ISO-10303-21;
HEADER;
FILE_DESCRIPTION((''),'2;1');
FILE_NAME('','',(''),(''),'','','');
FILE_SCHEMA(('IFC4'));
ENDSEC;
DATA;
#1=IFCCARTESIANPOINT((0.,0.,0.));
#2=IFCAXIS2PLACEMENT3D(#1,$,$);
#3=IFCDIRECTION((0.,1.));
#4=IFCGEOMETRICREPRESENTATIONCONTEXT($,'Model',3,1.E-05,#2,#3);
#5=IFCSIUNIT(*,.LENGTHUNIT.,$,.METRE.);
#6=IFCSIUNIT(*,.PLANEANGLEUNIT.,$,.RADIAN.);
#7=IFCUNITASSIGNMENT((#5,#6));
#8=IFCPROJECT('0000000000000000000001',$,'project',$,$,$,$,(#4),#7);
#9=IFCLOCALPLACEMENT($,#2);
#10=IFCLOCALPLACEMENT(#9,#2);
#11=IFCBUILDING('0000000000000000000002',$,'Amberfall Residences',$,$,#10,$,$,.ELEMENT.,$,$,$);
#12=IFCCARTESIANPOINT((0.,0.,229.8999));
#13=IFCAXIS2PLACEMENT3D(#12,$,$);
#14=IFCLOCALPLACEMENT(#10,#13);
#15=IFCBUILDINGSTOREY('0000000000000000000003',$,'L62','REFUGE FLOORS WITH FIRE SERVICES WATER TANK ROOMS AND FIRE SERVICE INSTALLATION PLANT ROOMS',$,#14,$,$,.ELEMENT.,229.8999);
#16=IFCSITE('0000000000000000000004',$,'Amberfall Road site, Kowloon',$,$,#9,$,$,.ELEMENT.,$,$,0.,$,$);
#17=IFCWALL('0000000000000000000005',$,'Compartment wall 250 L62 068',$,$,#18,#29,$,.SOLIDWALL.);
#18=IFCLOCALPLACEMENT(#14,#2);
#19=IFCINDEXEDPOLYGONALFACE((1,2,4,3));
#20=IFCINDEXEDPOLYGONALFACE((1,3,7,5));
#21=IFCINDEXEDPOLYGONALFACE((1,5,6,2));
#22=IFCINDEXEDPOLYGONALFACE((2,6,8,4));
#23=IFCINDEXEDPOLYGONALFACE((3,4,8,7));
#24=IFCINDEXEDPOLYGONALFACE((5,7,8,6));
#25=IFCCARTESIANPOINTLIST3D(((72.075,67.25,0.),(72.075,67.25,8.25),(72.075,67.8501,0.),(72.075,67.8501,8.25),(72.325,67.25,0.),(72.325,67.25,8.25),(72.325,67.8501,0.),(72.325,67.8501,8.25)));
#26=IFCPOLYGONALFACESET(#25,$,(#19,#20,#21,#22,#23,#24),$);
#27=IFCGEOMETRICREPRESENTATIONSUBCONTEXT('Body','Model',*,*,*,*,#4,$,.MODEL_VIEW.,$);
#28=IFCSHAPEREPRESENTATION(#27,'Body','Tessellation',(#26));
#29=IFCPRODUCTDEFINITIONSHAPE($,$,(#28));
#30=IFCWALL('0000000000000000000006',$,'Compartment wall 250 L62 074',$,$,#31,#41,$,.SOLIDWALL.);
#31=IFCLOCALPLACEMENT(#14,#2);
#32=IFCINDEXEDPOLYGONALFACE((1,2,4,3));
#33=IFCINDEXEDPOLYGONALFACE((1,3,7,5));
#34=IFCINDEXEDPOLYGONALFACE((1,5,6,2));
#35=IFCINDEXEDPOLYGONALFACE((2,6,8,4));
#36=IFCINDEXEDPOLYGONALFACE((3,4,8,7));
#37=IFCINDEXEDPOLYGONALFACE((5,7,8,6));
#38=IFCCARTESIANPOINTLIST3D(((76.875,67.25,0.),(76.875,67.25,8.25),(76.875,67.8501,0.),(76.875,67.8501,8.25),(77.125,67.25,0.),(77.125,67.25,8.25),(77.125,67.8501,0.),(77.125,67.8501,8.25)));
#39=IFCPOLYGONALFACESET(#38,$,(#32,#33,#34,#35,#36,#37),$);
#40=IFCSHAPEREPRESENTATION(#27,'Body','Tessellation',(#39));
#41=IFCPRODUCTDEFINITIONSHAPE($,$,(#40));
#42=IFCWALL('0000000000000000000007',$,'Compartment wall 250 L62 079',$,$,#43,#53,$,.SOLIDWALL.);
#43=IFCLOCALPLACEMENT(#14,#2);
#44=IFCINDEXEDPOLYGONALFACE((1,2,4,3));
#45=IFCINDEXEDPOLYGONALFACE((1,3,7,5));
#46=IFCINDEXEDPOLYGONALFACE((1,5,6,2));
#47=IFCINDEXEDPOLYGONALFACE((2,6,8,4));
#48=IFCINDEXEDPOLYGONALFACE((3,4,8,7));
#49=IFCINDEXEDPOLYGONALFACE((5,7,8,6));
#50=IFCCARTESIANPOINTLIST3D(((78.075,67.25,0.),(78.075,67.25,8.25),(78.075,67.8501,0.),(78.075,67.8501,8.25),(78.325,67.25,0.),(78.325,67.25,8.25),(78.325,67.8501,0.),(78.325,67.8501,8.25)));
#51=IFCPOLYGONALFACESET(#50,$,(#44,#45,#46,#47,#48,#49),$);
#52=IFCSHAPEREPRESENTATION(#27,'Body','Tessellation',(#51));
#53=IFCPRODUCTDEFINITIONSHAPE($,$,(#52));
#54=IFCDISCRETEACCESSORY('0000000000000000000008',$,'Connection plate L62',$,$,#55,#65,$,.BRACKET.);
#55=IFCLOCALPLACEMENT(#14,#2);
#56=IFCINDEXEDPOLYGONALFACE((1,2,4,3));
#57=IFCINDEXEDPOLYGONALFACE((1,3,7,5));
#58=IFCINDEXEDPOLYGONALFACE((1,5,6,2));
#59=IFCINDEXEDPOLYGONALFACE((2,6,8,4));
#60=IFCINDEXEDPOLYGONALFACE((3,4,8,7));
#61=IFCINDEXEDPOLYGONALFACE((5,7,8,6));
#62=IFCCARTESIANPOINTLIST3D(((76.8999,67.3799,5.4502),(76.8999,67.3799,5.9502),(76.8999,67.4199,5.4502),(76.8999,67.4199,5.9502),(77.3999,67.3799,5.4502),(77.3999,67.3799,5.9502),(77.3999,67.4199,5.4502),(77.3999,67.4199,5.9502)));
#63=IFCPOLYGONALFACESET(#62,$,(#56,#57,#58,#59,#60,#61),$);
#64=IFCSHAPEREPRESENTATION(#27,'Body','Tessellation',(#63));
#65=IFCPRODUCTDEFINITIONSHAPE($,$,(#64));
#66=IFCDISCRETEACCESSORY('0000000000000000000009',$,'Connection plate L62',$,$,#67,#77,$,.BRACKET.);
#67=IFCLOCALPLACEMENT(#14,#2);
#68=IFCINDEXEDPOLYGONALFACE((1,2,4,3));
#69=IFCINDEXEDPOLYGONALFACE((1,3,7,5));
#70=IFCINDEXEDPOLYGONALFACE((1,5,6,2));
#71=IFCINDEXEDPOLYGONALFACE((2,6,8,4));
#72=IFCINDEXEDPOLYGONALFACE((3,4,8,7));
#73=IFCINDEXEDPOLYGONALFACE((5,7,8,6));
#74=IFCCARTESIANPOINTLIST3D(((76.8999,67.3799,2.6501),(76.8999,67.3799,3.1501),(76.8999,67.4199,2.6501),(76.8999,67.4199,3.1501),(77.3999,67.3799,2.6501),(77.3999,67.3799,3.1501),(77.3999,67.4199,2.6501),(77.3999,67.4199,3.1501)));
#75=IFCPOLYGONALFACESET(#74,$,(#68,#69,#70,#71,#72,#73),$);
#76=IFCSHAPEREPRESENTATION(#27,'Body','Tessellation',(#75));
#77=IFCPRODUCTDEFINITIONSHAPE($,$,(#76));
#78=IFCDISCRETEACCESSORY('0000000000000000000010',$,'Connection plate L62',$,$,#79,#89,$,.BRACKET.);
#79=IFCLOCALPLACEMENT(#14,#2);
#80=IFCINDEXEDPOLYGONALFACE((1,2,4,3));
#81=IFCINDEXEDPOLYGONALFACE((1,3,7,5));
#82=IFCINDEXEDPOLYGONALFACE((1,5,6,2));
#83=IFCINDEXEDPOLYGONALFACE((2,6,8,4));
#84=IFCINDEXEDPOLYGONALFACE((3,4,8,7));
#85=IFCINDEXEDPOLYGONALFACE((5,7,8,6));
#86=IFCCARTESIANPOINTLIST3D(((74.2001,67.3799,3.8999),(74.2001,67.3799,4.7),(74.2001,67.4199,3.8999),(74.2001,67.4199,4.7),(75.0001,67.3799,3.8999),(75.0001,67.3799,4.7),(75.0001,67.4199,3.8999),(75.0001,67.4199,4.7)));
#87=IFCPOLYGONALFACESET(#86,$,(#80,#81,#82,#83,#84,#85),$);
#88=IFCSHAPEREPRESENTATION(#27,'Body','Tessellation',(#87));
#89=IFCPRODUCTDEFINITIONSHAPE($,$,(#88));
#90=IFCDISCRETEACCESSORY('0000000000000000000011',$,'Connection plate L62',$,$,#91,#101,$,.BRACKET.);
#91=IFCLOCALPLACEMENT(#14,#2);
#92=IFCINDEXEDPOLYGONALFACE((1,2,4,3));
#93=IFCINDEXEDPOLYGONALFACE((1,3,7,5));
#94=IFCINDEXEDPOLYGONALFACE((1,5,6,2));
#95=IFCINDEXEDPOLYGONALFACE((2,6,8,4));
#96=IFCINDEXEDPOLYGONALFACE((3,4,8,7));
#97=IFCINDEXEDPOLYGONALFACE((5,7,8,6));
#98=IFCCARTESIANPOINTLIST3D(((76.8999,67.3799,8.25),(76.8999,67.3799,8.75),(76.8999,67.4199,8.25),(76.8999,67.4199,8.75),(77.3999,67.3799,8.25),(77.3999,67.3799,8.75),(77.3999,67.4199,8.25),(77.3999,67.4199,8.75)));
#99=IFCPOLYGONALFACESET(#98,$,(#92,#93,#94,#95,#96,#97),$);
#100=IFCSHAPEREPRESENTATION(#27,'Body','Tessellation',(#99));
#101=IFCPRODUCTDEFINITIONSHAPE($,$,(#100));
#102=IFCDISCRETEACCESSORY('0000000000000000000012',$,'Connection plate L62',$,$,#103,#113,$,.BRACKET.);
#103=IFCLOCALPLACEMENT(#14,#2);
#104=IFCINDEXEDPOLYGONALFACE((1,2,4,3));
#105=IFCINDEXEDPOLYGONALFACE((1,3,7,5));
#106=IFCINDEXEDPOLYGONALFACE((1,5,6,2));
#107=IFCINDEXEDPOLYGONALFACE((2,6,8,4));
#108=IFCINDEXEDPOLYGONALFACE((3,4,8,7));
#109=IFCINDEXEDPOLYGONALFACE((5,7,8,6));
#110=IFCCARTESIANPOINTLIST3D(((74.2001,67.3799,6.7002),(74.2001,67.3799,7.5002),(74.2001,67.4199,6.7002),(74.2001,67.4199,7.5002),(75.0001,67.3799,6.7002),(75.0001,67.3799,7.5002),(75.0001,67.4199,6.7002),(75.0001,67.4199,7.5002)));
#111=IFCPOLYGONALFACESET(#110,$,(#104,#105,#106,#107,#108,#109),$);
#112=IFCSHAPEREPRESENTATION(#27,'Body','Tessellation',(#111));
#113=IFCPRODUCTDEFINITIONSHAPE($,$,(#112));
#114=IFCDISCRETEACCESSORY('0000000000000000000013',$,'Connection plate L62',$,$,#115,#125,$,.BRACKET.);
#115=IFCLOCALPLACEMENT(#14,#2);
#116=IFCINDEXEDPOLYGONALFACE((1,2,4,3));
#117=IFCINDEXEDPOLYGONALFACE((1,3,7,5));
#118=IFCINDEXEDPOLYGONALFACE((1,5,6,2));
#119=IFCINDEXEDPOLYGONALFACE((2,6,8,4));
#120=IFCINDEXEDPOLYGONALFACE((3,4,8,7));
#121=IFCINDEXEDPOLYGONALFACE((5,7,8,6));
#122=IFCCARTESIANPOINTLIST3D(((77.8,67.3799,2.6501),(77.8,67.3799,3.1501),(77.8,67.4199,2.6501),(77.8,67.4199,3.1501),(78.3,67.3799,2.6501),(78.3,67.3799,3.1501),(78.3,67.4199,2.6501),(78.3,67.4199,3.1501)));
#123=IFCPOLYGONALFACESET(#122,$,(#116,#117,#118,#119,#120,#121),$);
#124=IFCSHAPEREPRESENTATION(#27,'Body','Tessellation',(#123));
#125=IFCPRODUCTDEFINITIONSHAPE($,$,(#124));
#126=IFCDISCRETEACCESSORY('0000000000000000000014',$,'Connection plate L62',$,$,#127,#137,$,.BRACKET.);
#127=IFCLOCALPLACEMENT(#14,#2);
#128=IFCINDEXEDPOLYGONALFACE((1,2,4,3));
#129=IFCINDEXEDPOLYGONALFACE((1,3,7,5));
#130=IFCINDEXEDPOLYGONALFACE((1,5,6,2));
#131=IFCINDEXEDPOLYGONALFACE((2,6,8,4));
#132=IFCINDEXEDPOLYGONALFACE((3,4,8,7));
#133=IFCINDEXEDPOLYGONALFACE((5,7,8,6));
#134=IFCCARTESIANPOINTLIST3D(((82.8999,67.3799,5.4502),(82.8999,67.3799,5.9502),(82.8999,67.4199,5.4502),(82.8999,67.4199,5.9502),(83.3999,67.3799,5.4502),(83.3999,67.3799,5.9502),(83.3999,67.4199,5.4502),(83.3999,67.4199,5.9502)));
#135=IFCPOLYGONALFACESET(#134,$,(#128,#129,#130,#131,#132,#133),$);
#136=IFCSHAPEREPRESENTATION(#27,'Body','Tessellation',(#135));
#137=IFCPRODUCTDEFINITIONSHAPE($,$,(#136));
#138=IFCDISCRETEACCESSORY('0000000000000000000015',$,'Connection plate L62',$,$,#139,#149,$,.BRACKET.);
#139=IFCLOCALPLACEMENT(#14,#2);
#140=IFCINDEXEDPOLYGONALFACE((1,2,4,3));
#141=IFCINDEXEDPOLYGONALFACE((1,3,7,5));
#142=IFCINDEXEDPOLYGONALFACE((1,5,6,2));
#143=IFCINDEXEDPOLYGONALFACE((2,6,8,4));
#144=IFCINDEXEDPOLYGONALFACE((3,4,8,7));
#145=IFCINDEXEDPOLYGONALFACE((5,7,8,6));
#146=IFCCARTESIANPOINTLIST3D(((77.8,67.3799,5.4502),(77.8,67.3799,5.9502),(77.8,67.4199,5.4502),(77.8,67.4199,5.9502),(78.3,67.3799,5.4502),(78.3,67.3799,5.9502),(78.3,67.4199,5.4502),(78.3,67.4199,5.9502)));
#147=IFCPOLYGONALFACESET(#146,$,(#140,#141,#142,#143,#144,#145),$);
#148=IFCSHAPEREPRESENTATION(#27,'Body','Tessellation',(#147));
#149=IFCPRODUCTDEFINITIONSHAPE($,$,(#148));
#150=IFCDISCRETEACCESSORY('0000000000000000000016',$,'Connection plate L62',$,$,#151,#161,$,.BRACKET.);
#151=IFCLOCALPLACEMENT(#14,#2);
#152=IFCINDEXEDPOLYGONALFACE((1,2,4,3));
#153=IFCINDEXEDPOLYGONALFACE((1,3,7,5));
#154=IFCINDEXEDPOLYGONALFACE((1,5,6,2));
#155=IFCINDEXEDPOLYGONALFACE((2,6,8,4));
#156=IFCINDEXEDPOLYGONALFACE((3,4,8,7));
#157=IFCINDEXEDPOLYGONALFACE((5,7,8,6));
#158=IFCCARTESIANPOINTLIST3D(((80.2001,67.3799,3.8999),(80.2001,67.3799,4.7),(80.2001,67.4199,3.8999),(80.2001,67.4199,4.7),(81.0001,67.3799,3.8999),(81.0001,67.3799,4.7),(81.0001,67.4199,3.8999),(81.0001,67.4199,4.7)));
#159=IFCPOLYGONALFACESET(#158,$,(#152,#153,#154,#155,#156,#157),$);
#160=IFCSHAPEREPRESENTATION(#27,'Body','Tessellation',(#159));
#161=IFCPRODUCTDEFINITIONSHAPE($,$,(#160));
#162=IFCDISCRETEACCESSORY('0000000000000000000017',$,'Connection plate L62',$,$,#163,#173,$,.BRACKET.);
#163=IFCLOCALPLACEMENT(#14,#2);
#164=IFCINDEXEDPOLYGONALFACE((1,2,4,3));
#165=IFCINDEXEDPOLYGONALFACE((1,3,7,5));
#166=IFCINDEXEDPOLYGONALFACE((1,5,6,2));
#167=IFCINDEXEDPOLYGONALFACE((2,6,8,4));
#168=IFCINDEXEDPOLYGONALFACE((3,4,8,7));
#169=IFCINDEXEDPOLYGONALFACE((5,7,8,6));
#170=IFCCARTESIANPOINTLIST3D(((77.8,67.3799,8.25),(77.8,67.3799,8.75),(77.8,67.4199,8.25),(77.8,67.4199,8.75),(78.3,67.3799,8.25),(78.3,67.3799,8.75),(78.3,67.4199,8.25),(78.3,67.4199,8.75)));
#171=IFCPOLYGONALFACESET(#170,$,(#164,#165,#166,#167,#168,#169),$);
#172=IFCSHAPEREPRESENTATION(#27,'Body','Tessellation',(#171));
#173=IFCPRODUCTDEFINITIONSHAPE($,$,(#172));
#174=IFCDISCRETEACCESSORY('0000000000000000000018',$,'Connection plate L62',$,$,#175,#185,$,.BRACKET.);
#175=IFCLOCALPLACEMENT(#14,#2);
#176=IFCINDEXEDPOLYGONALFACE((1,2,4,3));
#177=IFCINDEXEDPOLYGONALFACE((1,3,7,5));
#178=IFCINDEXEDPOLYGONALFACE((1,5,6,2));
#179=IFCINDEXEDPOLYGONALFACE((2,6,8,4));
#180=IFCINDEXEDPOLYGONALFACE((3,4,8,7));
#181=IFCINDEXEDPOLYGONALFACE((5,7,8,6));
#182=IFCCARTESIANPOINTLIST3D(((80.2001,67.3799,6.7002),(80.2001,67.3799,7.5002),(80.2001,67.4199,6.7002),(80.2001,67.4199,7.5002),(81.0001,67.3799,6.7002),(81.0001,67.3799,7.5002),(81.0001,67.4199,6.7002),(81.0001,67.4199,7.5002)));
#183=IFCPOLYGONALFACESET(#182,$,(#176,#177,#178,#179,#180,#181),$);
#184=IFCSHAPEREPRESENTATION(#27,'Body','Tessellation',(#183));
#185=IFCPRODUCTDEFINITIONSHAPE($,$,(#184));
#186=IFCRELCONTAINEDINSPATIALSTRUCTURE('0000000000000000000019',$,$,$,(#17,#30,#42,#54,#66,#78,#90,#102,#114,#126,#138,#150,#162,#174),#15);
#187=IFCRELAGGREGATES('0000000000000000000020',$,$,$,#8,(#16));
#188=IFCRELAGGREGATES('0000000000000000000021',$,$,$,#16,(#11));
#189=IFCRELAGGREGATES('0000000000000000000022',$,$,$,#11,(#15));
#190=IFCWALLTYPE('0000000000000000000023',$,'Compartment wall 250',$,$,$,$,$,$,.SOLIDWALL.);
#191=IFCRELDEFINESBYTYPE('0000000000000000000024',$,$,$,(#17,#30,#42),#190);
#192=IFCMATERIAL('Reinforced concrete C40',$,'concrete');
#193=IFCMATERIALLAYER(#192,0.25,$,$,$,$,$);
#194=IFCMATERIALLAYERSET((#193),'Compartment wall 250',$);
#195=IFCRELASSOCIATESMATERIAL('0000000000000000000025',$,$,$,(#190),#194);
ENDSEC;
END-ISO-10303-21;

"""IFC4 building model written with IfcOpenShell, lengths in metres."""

from ifc_helpers import new_model, si_unit, direction, frame, frame_2d, origin, origin_2d, place, context, subcontext, project, spatial, rectangle, extrude, material, layer, layer_set, type_object, element, save


model = new_model("IFC4")

# Units and contexts
model_context = context("Model", 3, precision=1e-05, world=origin(), true_north=direction((0.0, 1.0)))
body_context = subcontext(model_context, "Body", "Model", "MODEL_VIEW")
ifc_project = project(units=[si_unit("LENGTHUNIT", "METRE"), si_unit("PLANEANGLEUNIT", "RADIAN")], contexts=[model_context])

# Site, building, storey
site_placement = place(None, origin())
site = spatial("IfcSite", under=ifc_project, at=site_placement, Name="Amberfall Road site, Kowloon", CompositionType="ELEMENT", RefElevation=0.0)
building_placement = place(site_placement, origin())
building = spatial("IfcBuilding", under=site, at=building_placement, Name="Amberfall Residences", CompositionType="ELEMENT")
storey_placement = place(building_placement, frame((0.0, 0.0, 229.8999)))
storey = spatial("IfcBuildingStorey", under=building, at=storey_placement, Name="L62", Description="REFUGE FLOORS WITH FIRE SERVICES WATER TANK ROOMS AND FIRE SERVICE INSTALLATION PLANT ROOMS", CompositionType="ELEMENT", Elevation=229.8999)

# Walls
ifc_material_1 = material(Name="Reinforced concrete C40", Category="concrete")
ifc_layer = layer(ifc_material_1, 0.25)
ifc_layer_set = layer_set([ifc_layer], Name="Compartment wall 250")
wall_type = type_object("IfcWallType", Name="Compartment wall 250", PredefinedType="SOLIDWALL", material=ifc_layer_set)
for number, where, z_axis, x_axis, name in (
    (1, (72.2, 67.25, 0.0), (0.0, 0.0, 1.0), (0.0, 1.0, 0.0), "Compartment wall 250 L62 068"),
    (2, (77.0, 67.25, 0.0), (0.0, 0.0, 1.0), (0.0, 1.0, 0.0), "Compartment wall 250 L62 074"),
    (3, (78.2, 67.25, 0.0), (0.0, 0.0, 1.0), (0.0, 1.0, 0.0), "Compartment wall 250 L62 079"),
):
    element("IfcWall", number, at=place(storey_placement, frame(where, z_axis=z_axis, x_axis=x_axis)), inside=storey, type_object=wall_type, Name=name, PredefinedType="SOLIDWALL", context=body_context, shape_type="SweptSolid", body=[
        extrude(rectangle(XDim=0.6001, YDim=0.25, at=frame_2d((0.3, 0.0))), origin(), (0.0, 0.0, 1.0), 8.25),
    ])

# Discrete accessories
for number, where, z_axis, x_axis, name in (
    (4, (77.1499, 67.3999, 5.4502), (0.0, 0.0, 1.0), (1.0, 0.0, 0.0), "Connection plate L62"),
    (5, (77.1499, 67.3999, 2.6501), (0.0, 0.0, 1.0), (1.0, 0.0, 0.0), "Connection plate L62"),
):
    element("IfcDiscreteAccessory", number, at=place(storey_placement, frame(where, z_axis=z_axis, x_axis=x_axis)), inside=storey, Name=name, PredefinedType="BRACKET", context=body_context, shape_type="SweptSolid", body=[
        extrude(rectangle(XDim=0.5, YDim=0.04, at=origin_2d()), origin(), (0.0, 0.0, 1.0), 0.5),
    ])
discrete_accessory_1_placement = place(storey_placement, frame((74.6001, 67.3999, 3.8999), z_axis=(0.0, 0.0, 1.0), x_axis=(1.0, 0.0, 0.0)))
element("IfcDiscreteAccessory", 6, at=discrete_accessory_1_placement, inside=storey, Name="Connection plate L62", PredefinedType="BRACKET", context=body_context, shape_type="SweptSolid", body=[
    extrude(rectangle(XDim=0.8, YDim=0.04, at=origin_2d()), origin(), (0.0, 0.0, 1.0), 0.8),
])
discrete_accessory_2_placement = place(storey_placement, frame((77.1499, 67.3999, 8.25), z_axis=(0.0, 0.0, 1.0), x_axis=(1.0, 0.0, 0.0)))
element("IfcDiscreteAccessory", 7, at=discrete_accessory_2_placement, inside=storey, Name="Connection plate L62", PredefinedType="BRACKET", context=body_context, shape_type="SweptSolid", body=[
    extrude(rectangle(XDim=0.5, YDim=0.04, at=origin_2d()), origin(), (0.0, 0.0, 1.0), 0.5),
])
discrete_accessory_3_placement = place(storey_placement, frame((74.6001, 67.3999, 6.7002), z_axis=(0.0, 0.0, 1.0), x_axis=(1.0, 0.0, 0.0)))
element("IfcDiscreteAccessory", 8, at=discrete_accessory_3_placement, inside=storey, Name="Connection plate L62", PredefinedType="BRACKET", context=body_context, shape_type="SweptSolid", body=[
    extrude(rectangle(XDim=0.8, YDim=0.04, at=origin_2d()), origin(), (0.0, 0.0, 1.0), 0.8),
])
for number, where, z_axis, x_axis, name in (
    (9, (78.05, 67.3999, 2.6501), (0.0, 0.0, 1.0), (1.0, 0.0, 0.0), "Connection plate L62"),
    (10, (83.1499, 67.3999, 5.4502), (0.0, 0.0, 1.0), (1.0, 0.0, 0.0), "Connection plate L62"),
    (11, (78.05, 67.3999, 5.4502), (0.0, 0.0, 1.0), (1.0, 0.0, 0.0), "Connection plate L62"),
):
    element("IfcDiscreteAccessory", number, at=place(storey_placement, frame(where, z_axis=z_axis, x_axis=x_axis)), inside=storey, Name=name, PredefinedType="BRACKET", context=body_context, shape_type="SweptSolid", body=[
        extrude(rectangle(XDim=0.5, YDim=0.04, at=origin_2d()), origin(), (0.0, 0.0, 1.0), 0.5),
    ])
discrete_accessory_4_placement = place(storey_placement, frame((80.6001, 67.3999, 3.8999), z_axis=(0.0, 0.0, 1.0), x_axis=(1.0, 0.0, 0.0)))
element("IfcDiscreteAccessory", 12, at=discrete_accessory_4_placement, inside=storey, Name="Connection plate L62", PredefinedType="BRACKET", context=body_context, shape_type="SweptSolid", body=[
    extrude(rectangle(XDim=0.8, YDim=0.04, at=origin_2d()), origin(), (0.0, 0.0, 1.0), 0.8),
])
discrete_accessory_5_placement = place(storey_placement, frame((78.05, 67.3999, 8.25), z_axis=(0.0, 0.0, 1.0), x_axis=(1.0, 0.0, 0.0)))
element("IfcDiscreteAccessory", 13, at=discrete_accessory_5_placement, inside=storey, Name="Connection plate L62", PredefinedType="BRACKET", context=body_context, shape_type="SweptSolid", body=[
    extrude(rectangle(XDim=0.5, YDim=0.04, at=origin_2d()), origin(), (0.0, 0.0, 1.0), 0.5),
])
discrete_accessory_6_placement = place(storey_placement, frame((80.6001, 67.3999, 6.7002), z_axis=(0.0, 0.0, 1.0), x_axis=(1.0, 0.0, 0.0)))
element("IfcDiscreteAccessory", 14, at=discrete_accessory_6_placement, inside=storey, Name="Connection plate L62", PredefinedType="BRACKET", context=body_context, shape_type="SweptSolid", body=[
    extrude(rectangle(XDim=0.8, YDim=0.04, at=origin_2d()), origin(), (0.0, 0.0, 1.0), 0.8),
])

save(model, "model.ifc")
